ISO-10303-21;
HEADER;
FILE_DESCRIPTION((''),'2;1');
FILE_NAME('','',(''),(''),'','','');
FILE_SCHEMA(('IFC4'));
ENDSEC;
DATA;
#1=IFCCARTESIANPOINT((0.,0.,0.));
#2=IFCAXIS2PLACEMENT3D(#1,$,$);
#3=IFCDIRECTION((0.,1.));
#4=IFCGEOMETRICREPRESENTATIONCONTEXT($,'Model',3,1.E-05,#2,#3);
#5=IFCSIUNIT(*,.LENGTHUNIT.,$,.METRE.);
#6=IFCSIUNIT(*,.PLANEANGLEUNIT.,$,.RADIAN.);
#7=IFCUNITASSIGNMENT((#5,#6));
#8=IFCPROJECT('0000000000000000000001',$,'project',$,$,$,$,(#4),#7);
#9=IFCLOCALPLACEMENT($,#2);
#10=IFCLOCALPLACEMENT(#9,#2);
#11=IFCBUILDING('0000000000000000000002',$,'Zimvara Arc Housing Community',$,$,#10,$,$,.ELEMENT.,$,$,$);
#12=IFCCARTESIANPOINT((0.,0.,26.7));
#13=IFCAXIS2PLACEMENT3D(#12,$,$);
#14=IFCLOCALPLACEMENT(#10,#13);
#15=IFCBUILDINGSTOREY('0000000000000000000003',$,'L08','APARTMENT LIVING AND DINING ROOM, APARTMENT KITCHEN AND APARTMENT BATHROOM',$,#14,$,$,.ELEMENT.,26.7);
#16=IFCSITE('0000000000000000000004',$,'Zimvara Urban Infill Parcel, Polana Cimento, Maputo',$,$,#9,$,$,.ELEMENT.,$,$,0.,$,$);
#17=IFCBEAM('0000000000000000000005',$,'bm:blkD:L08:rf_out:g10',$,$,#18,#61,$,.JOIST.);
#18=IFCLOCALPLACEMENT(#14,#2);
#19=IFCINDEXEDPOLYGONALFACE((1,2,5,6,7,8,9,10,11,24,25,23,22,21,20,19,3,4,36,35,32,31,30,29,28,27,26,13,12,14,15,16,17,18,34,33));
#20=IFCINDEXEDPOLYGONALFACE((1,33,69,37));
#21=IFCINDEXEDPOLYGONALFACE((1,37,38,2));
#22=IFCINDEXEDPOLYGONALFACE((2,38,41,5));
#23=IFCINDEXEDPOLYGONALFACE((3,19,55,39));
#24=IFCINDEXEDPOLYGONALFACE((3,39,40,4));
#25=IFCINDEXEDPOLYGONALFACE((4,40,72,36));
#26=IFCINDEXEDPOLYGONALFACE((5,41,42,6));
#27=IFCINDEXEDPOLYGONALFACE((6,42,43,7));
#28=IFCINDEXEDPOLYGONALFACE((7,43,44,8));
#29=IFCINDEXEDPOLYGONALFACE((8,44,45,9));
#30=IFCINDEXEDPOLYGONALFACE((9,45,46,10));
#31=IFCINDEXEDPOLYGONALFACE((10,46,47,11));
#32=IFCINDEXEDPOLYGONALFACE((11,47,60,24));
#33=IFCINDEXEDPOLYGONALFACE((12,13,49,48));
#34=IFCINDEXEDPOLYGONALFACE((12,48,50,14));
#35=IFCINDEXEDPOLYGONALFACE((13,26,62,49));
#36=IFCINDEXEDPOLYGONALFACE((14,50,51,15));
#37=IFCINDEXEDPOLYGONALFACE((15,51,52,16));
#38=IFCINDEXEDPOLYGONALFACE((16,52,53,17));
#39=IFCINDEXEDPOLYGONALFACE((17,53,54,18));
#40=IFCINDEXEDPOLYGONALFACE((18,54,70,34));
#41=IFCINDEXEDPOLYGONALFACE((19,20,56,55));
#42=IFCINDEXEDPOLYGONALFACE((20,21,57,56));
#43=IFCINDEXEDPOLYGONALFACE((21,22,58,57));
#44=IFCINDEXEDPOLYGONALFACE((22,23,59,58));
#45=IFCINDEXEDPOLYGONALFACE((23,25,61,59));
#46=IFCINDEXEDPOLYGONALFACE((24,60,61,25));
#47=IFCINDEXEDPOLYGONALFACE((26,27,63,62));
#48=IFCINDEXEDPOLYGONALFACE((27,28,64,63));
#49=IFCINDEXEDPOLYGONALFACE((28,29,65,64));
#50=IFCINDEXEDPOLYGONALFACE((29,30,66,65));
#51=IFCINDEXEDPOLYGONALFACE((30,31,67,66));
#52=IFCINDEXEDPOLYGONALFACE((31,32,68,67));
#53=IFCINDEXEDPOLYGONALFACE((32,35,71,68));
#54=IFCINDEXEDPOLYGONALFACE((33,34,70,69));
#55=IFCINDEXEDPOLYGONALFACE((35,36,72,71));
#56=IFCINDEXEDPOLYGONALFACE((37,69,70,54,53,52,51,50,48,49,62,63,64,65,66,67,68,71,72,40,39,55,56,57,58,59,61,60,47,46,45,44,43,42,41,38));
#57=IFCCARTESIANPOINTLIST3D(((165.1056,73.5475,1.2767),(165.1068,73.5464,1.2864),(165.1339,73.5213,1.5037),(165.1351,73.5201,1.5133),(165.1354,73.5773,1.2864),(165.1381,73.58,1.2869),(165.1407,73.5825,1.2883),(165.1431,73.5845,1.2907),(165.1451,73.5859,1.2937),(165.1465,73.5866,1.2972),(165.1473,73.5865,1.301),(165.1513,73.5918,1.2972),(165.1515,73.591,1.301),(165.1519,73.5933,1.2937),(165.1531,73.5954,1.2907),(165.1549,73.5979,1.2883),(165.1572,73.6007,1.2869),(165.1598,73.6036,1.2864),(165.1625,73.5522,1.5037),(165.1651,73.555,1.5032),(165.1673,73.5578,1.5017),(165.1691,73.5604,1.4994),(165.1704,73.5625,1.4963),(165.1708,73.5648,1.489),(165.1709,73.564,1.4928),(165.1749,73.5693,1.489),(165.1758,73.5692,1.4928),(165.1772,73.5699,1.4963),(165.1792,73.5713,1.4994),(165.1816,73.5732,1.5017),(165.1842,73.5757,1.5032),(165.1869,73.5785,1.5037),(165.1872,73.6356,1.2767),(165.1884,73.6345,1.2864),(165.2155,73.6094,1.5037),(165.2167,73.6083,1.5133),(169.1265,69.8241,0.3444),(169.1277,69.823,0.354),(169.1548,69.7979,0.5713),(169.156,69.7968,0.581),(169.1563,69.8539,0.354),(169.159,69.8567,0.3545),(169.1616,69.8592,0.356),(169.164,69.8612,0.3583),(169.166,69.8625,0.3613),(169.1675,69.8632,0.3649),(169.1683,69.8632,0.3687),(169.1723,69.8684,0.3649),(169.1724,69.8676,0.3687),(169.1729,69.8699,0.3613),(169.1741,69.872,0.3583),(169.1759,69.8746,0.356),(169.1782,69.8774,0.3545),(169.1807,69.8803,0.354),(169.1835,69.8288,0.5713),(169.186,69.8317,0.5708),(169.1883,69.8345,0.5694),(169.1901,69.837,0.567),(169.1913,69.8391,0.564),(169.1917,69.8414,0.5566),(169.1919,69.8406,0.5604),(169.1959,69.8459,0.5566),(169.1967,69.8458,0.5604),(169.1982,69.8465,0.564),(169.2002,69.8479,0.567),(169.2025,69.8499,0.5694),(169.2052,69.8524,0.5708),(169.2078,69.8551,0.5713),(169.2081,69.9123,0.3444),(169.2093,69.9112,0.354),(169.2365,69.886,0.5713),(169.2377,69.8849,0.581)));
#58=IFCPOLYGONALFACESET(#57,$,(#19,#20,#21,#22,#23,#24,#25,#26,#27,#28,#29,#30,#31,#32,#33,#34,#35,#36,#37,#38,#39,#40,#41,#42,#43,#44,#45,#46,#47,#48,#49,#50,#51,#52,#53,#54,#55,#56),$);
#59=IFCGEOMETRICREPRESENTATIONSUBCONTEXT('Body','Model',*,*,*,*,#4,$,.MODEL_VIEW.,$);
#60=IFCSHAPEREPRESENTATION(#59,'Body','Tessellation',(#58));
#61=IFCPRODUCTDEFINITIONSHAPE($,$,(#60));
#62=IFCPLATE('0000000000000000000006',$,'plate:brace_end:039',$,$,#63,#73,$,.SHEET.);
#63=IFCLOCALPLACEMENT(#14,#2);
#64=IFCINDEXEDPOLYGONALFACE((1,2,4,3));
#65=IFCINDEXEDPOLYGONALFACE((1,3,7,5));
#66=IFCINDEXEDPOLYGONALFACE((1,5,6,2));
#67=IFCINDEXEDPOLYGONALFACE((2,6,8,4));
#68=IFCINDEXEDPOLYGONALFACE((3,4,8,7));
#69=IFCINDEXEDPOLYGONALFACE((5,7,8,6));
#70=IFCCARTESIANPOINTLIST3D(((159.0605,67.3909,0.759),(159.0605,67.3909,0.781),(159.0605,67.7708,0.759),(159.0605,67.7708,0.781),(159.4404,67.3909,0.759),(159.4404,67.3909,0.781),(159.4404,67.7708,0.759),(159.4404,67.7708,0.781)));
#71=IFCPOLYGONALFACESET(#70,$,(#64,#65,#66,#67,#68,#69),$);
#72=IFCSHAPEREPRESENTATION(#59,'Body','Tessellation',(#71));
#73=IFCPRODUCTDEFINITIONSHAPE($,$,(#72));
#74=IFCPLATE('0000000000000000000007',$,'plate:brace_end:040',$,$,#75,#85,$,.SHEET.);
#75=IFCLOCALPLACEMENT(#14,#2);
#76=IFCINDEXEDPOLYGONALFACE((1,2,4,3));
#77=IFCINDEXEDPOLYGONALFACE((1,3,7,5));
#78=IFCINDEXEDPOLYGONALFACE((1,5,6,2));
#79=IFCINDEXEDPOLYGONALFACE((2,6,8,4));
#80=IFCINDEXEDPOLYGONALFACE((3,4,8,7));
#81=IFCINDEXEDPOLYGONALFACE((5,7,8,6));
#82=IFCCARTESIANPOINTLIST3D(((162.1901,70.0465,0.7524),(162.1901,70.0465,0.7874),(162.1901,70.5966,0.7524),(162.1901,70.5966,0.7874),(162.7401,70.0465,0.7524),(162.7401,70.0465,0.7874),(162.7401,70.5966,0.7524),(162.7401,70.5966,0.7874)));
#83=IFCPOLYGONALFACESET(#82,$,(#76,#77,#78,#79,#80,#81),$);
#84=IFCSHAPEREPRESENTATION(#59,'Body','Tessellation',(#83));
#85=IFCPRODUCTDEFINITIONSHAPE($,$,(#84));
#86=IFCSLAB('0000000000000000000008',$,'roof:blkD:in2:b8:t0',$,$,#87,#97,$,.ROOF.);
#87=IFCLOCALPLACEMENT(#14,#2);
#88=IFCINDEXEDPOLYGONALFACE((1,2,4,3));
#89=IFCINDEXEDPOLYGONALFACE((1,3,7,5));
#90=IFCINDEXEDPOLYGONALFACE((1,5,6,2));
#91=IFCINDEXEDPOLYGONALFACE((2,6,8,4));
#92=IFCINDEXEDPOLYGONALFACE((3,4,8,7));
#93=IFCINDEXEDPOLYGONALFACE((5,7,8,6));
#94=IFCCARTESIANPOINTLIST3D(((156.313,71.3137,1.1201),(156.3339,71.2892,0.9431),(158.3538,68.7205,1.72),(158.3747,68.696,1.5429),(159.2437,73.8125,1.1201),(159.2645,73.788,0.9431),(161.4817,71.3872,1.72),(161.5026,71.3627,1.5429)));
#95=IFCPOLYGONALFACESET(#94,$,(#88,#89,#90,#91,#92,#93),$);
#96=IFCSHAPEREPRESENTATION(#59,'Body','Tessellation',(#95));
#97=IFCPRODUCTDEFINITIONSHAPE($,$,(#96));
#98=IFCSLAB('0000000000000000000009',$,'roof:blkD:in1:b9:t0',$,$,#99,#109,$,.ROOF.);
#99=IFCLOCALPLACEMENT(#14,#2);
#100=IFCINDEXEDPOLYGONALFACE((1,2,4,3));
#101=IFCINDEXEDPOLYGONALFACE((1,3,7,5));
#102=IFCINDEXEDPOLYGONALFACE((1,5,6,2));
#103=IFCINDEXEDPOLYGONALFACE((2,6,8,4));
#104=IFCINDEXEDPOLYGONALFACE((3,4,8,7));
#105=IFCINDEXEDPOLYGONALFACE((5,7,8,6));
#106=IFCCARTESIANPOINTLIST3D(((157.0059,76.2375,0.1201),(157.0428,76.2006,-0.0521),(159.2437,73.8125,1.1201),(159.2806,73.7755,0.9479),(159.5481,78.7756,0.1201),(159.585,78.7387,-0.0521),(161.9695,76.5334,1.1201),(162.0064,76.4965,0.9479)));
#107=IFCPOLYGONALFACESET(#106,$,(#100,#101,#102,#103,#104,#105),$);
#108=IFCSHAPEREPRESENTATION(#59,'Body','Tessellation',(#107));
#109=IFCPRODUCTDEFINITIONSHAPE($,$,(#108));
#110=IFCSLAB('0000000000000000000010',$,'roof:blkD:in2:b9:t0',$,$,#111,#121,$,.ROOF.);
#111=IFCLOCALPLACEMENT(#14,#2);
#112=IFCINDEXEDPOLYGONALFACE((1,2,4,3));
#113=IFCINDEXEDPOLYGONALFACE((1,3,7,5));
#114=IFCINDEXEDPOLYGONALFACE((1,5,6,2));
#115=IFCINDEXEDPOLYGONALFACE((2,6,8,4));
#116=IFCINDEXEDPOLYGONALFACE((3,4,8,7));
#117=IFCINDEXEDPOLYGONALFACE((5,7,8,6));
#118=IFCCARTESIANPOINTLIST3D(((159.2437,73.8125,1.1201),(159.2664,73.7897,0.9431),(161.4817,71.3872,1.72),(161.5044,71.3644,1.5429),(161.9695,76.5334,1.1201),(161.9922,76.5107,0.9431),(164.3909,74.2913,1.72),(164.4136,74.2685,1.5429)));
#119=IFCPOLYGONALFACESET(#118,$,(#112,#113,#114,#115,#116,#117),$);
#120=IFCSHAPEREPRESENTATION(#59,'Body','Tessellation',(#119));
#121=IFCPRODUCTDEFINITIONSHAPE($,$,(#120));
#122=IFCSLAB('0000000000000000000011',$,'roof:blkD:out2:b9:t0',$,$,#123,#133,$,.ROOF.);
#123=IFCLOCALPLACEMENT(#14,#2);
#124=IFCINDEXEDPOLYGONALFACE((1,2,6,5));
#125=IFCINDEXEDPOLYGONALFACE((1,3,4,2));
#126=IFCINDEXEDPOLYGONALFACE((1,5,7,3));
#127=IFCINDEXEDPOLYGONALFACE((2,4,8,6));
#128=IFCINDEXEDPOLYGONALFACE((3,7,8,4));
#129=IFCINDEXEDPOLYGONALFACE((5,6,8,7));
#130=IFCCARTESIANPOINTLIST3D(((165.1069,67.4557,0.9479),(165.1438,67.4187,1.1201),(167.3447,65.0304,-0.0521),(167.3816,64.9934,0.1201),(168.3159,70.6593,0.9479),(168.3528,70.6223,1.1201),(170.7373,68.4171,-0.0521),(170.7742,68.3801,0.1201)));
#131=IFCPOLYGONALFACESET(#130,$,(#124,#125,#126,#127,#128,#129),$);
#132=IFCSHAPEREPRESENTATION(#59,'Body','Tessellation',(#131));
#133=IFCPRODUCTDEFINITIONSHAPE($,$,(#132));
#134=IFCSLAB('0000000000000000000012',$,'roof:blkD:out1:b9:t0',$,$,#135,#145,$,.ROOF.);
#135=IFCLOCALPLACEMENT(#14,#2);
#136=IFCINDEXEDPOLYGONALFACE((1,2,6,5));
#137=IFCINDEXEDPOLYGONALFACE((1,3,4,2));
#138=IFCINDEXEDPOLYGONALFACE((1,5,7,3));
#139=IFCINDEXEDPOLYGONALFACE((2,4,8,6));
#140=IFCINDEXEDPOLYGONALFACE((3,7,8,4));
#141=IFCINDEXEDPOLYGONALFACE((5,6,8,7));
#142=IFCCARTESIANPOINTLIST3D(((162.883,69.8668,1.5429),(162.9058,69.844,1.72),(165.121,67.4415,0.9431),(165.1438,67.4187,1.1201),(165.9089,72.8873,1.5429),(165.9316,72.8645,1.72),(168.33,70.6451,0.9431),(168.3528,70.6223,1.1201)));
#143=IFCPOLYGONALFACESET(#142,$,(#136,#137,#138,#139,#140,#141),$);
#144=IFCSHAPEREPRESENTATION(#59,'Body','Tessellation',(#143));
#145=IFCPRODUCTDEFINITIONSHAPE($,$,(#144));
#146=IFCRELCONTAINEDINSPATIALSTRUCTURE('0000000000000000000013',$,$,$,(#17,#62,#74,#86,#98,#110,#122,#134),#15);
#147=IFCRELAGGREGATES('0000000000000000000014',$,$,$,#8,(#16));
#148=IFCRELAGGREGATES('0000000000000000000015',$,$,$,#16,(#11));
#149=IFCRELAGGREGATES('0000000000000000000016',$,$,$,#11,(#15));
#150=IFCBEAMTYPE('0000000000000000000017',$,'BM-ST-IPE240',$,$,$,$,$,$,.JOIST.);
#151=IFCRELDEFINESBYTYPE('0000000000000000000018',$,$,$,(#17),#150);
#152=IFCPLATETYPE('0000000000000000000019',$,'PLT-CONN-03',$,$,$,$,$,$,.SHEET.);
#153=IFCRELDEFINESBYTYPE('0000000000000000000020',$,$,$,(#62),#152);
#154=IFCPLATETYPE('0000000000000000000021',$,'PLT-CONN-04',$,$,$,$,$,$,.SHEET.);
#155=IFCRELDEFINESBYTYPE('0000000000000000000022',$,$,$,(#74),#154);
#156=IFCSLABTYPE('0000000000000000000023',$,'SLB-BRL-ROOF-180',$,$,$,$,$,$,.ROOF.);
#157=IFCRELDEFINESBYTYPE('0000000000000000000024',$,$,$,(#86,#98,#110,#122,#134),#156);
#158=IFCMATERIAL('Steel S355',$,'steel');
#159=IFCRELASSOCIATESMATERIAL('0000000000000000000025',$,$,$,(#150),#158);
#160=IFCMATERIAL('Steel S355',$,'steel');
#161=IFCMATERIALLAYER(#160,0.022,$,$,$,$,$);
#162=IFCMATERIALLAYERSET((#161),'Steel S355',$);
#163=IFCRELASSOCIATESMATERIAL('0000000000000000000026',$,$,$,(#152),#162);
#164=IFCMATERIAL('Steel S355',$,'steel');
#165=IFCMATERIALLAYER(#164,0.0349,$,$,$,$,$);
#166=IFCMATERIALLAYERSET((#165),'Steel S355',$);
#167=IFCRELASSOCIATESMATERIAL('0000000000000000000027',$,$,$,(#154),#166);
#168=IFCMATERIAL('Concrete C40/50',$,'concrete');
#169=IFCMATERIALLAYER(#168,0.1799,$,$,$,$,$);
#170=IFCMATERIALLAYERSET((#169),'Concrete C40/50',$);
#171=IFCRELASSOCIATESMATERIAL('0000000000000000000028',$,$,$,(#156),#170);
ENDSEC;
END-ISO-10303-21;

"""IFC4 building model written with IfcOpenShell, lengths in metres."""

from ifc_helpers import new_model, si_unit, direction, frame, origin, origin_2d, place, context, subcontext, project, spatial, polyline, rectangle, i_section, outline, extrude, material, layer, layer_set, material_profile, profile_set, type_object, element, save


model = new_model("IFC4")

# Units and contexts
model_context = context("Model", 3, precision=1e-05, world=origin(), true_north=direction((0.0, 1.0)))
body_context = subcontext(model_context, "Body", "Model", "MODEL_VIEW")
ifc_project = project(units=[si_unit("LENGTHUNIT", "METRE"), si_unit("PLANEANGLEUNIT", "RADIAN")], contexts=[model_context])

# Site, building, storey
site_placement = place(None, origin())
site = spatial("IfcSite", under=ifc_project, at=site_placement, Name="Zimvara Urban Infill Parcel, Polana Cimento, Maputo", CompositionType="ELEMENT", RefElevation=0.0)
building_placement = place(site_placement, origin())
building = spatial("IfcBuilding", under=site, at=building_placement, Name="Zimvara Arc Housing Community", CompositionType="ELEMENT")
storey_placement = place(building_placement, frame((0.0, 0.0, 26.7)))
storey = spatial("IfcBuildingStorey", under=building, at=storey_placement, Name="L08", Description="APARTMENT LIVING AND DINING ROOM, APARTMENT KITCHEN AND APARTMENT BATHROOM", CompositionType="ELEMENT", Elevation=26.7)

# Beam
ifc_material_1 = material(Name="Steel S355", Category="steel")
ifc_material_profile_1 = material_profile(ifc_material_1, i_section(OverallWidth=0.1201, OverallDepth=0.24, WebThickness=0.0061, FlangeThickness=0.0098, FilletRadius=0.0149, at=origin_2d()), Name="IPE 240")
ifc_profile_set_1 = profile_set([ifc_material_profile_1], Name="Steel S355")
beam_type_1 = type_object("IfcBeamType", Name="BM-ST-IPE240", PredefinedType="JOIST", material=ifc_profile_set_1)
for number, where, z_axis, x_axis, name in (
    (1, (165.1611, 73.5779, 1.395), (0.723344, -0.669807, -0.167726), (0.679432, 0.733738, 0.0), "bm:blkD:L08:rf_out:g10"),
):
    element("IfcBeam", number, at=place(storey_placement, frame(where, z_axis=z_axis, x_axis=x_axis)), inside=storey, type_object=beam_type_1, Name=name, PredefinedType="JOIST", context=body_context, shape_type="SweptSolid", body=[
        extrude(i_section(OverallWidth=0.1201, OverallDepth=0.24, WebThickness=0.0061, FlangeThickness=0.0098, FilletRadius=0.0149, at=origin_2d()), origin(), (0.0, 0.0, 1.0), 5.5588),
    ])

# Plates
ifc_material_2 = material(Name="Steel S355", Category="steel")
ifc_layer_1 = layer(ifc_material_2, 0.022)
ifc_layer_set_1 = layer_set([ifc_layer_1], Name="Steel S355")
plate_type_1 = type_object("IfcPlateType", Name="PLT-CONN-03", PredefinedType="SHEET", material=ifc_layer_set_1)
plate_1_placement = place(storey_placement, frame((159.2505, 67.5808, 0.759), z_axis=(0.0, 0.0, 1.0), x_axis=(1.0, 0.0, 0.0)))
element("IfcPlate", 2, at=plate_1_placement, inside=storey, type_object=plate_type_1, Name="plate:brace_end:039", PredefinedType="SHEET", context=body_context, shape_type="SweptSolid", body=[
    extrude(rectangle(XDim=0.3799, YDim=0.3799, at=origin_2d()), origin(), (0.0, 0.0, 1.0), 0.022),
])
ifc_material_3 = material(Name="Steel S355", Category="steel")
ifc_layer_2 = layer(ifc_material_3, 0.0349)
ifc_layer_set_2 = layer_set([ifc_layer_2], Name="Steel S355")
plate_type_2 = type_object("IfcPlateType", Name="PLT-CONN-04", PredefinedType="SHEET", material=ifc_layer_set_2)
plate_2_placement = place(storey_placement, frame((162.4651, 70.3215, 0.7524), z_axis=(0.0, 0.0, 1.0), x_axis=(1.0, 0.0, 0.0)))
element("IfcPlate", 3, at=plate_2_placement, inside=storey, type_object=plate_type_2, Name="plate:brace_end:040", PredefinedType="SHEET", context=body_context, shape_type="SweptSolid", body=[
    extrude(rectangle(XDim=0.55, YDim=0.55, at=origin_2d()), origin(), (0.0, 0.0, 1.0), 0.0349),
])

# Slabs
ifc_material_4 = material(Name="Concrete C40/50", Category="concrete")
ifc_layer_3 = layer(ifc_material_4, 0.1799)
ifc_layer_set_3 = layer_set([ifc_layer_3], Name="Concrete C40/50")
slab_type = type_object("IfcSlabType", Name="SLB-BRL-ROOF-180", PredefinedType="ROOF", material=ifc_layer_set_3)
slab_1_placement = place(storey_placement, frame((156.313, 71.3137, 1.1201), z_axis=(-0.116117, 0.136193, 0.983854), x_axis=(0.76095, 0.64881, -0.000004)))
element("IfcSlab", 4, at=slab_1_placement, inside=storey, type_object=slab_type, Name="roof:blkD:in2:b8:t0", PredefinedType="ROOF", context=body_context, shape_type="SweptSolid", body=[
    extrude(outline(polyline([(0.0, 0.0), (3.8513, 0.0), (3.9808, -3.3517), (-0.1296, -3.3515), (0.0, 0.0)])), origin(), (0.0, 0.0, -1.0), 0.1799),
])
slab_2_placement = place(storey_placement, frame((157.0059, 76.2375, 0.1201), z_axis=(-0.205039, 0.205391, 0.956961), x_axis=(0.707687, 0.706526, -0.000011)))
element("IfcSlab", 5, at=slab_2_placement, inside=storey, type_object=slab_type, Name="roof:blkD:in1:b9:t0", PredefinedType="ROOF", context=body_context, shape_type="SweptSolid", body=[
    extrude(outline(polyline([(0.0, 0.0), (3.5923, 0.0), (3.7217, -3.4458), (-0.1297, -3.4455), (0.0, 0.0)])), origin(), (0.0, 0.0, -1.0), 0.1799),
])
slab_3_placement = place(storey_placement, frame((159.2437, 73.8125, 1.1201), z_axis=(-0.126439, 0.126664, 0.983854), x_axis=(0.70774, 0.706473, 0.000001)))
element("IfcSlab", 6, at=slab_3_placement, inside=storey, type_object=slab_type, Name="roof:blkD:in2:b9:t0", PredefinedType="ROOF", context=body_context, shape_type="SweptSolid", body=[
    extrude(outline(polyline([(0.0, 0.0), (3.8515, 0.0), (3.9811, -3.3516), (-0.1295, -3.3517), (0.0, 0.0)])), origin(), (0.0, 0.0, -1.0), 0.1799),
])
slab_4_placement = place(storey_placement, frame((170.7742, 68.3801, 0.1201), z_axis=(0.205035, -0.205385, 0.956963), x_axis=(-0.707717, -0.706496, 0.000004)))
element("IfcSlab", 7, at=slab_4_placement, inside=storey, type_object=slab_type, Name="roof:blkD:out2:b9:t0", PredefinedType="ROOF", context=body_context, shape_type="SweptSolid", body=[
    extrude(outline(polyline([(0.0, 0.0), (4.7937, 0.0), (4.664, -3.4457), (0.1296, -3.4458), (0.0, 0.0)])), origin(), (0.0, 0.0, -1.0), 0.1799),
])
slab_5_placement = place(storey_placement, frame((168.3528, 70.6223, 1.1201), z_axis=(0.126446, -0.126664, 0.983853), x_axis=(-0.707699, -0.706514, -0.000004)))
element("IfcSlab", 8, at=slab_5_placement, inside=storey, type_object=slab_type, Name="roof:blkD:out1:b9:t0", PredefinedType="ROOF", context=body_context, shape_type="SweptSolid", body=[
    extrude(outline(polyline([(0.0, 0.0), (4.5344, 0.0), (4.4047, -3.3517), (0.1293, -3.3515), (0.0, 0.0)])), origin(), (0.0, 0.0, -1.0), 0.1799),
])

save(model, "model.ifc")
